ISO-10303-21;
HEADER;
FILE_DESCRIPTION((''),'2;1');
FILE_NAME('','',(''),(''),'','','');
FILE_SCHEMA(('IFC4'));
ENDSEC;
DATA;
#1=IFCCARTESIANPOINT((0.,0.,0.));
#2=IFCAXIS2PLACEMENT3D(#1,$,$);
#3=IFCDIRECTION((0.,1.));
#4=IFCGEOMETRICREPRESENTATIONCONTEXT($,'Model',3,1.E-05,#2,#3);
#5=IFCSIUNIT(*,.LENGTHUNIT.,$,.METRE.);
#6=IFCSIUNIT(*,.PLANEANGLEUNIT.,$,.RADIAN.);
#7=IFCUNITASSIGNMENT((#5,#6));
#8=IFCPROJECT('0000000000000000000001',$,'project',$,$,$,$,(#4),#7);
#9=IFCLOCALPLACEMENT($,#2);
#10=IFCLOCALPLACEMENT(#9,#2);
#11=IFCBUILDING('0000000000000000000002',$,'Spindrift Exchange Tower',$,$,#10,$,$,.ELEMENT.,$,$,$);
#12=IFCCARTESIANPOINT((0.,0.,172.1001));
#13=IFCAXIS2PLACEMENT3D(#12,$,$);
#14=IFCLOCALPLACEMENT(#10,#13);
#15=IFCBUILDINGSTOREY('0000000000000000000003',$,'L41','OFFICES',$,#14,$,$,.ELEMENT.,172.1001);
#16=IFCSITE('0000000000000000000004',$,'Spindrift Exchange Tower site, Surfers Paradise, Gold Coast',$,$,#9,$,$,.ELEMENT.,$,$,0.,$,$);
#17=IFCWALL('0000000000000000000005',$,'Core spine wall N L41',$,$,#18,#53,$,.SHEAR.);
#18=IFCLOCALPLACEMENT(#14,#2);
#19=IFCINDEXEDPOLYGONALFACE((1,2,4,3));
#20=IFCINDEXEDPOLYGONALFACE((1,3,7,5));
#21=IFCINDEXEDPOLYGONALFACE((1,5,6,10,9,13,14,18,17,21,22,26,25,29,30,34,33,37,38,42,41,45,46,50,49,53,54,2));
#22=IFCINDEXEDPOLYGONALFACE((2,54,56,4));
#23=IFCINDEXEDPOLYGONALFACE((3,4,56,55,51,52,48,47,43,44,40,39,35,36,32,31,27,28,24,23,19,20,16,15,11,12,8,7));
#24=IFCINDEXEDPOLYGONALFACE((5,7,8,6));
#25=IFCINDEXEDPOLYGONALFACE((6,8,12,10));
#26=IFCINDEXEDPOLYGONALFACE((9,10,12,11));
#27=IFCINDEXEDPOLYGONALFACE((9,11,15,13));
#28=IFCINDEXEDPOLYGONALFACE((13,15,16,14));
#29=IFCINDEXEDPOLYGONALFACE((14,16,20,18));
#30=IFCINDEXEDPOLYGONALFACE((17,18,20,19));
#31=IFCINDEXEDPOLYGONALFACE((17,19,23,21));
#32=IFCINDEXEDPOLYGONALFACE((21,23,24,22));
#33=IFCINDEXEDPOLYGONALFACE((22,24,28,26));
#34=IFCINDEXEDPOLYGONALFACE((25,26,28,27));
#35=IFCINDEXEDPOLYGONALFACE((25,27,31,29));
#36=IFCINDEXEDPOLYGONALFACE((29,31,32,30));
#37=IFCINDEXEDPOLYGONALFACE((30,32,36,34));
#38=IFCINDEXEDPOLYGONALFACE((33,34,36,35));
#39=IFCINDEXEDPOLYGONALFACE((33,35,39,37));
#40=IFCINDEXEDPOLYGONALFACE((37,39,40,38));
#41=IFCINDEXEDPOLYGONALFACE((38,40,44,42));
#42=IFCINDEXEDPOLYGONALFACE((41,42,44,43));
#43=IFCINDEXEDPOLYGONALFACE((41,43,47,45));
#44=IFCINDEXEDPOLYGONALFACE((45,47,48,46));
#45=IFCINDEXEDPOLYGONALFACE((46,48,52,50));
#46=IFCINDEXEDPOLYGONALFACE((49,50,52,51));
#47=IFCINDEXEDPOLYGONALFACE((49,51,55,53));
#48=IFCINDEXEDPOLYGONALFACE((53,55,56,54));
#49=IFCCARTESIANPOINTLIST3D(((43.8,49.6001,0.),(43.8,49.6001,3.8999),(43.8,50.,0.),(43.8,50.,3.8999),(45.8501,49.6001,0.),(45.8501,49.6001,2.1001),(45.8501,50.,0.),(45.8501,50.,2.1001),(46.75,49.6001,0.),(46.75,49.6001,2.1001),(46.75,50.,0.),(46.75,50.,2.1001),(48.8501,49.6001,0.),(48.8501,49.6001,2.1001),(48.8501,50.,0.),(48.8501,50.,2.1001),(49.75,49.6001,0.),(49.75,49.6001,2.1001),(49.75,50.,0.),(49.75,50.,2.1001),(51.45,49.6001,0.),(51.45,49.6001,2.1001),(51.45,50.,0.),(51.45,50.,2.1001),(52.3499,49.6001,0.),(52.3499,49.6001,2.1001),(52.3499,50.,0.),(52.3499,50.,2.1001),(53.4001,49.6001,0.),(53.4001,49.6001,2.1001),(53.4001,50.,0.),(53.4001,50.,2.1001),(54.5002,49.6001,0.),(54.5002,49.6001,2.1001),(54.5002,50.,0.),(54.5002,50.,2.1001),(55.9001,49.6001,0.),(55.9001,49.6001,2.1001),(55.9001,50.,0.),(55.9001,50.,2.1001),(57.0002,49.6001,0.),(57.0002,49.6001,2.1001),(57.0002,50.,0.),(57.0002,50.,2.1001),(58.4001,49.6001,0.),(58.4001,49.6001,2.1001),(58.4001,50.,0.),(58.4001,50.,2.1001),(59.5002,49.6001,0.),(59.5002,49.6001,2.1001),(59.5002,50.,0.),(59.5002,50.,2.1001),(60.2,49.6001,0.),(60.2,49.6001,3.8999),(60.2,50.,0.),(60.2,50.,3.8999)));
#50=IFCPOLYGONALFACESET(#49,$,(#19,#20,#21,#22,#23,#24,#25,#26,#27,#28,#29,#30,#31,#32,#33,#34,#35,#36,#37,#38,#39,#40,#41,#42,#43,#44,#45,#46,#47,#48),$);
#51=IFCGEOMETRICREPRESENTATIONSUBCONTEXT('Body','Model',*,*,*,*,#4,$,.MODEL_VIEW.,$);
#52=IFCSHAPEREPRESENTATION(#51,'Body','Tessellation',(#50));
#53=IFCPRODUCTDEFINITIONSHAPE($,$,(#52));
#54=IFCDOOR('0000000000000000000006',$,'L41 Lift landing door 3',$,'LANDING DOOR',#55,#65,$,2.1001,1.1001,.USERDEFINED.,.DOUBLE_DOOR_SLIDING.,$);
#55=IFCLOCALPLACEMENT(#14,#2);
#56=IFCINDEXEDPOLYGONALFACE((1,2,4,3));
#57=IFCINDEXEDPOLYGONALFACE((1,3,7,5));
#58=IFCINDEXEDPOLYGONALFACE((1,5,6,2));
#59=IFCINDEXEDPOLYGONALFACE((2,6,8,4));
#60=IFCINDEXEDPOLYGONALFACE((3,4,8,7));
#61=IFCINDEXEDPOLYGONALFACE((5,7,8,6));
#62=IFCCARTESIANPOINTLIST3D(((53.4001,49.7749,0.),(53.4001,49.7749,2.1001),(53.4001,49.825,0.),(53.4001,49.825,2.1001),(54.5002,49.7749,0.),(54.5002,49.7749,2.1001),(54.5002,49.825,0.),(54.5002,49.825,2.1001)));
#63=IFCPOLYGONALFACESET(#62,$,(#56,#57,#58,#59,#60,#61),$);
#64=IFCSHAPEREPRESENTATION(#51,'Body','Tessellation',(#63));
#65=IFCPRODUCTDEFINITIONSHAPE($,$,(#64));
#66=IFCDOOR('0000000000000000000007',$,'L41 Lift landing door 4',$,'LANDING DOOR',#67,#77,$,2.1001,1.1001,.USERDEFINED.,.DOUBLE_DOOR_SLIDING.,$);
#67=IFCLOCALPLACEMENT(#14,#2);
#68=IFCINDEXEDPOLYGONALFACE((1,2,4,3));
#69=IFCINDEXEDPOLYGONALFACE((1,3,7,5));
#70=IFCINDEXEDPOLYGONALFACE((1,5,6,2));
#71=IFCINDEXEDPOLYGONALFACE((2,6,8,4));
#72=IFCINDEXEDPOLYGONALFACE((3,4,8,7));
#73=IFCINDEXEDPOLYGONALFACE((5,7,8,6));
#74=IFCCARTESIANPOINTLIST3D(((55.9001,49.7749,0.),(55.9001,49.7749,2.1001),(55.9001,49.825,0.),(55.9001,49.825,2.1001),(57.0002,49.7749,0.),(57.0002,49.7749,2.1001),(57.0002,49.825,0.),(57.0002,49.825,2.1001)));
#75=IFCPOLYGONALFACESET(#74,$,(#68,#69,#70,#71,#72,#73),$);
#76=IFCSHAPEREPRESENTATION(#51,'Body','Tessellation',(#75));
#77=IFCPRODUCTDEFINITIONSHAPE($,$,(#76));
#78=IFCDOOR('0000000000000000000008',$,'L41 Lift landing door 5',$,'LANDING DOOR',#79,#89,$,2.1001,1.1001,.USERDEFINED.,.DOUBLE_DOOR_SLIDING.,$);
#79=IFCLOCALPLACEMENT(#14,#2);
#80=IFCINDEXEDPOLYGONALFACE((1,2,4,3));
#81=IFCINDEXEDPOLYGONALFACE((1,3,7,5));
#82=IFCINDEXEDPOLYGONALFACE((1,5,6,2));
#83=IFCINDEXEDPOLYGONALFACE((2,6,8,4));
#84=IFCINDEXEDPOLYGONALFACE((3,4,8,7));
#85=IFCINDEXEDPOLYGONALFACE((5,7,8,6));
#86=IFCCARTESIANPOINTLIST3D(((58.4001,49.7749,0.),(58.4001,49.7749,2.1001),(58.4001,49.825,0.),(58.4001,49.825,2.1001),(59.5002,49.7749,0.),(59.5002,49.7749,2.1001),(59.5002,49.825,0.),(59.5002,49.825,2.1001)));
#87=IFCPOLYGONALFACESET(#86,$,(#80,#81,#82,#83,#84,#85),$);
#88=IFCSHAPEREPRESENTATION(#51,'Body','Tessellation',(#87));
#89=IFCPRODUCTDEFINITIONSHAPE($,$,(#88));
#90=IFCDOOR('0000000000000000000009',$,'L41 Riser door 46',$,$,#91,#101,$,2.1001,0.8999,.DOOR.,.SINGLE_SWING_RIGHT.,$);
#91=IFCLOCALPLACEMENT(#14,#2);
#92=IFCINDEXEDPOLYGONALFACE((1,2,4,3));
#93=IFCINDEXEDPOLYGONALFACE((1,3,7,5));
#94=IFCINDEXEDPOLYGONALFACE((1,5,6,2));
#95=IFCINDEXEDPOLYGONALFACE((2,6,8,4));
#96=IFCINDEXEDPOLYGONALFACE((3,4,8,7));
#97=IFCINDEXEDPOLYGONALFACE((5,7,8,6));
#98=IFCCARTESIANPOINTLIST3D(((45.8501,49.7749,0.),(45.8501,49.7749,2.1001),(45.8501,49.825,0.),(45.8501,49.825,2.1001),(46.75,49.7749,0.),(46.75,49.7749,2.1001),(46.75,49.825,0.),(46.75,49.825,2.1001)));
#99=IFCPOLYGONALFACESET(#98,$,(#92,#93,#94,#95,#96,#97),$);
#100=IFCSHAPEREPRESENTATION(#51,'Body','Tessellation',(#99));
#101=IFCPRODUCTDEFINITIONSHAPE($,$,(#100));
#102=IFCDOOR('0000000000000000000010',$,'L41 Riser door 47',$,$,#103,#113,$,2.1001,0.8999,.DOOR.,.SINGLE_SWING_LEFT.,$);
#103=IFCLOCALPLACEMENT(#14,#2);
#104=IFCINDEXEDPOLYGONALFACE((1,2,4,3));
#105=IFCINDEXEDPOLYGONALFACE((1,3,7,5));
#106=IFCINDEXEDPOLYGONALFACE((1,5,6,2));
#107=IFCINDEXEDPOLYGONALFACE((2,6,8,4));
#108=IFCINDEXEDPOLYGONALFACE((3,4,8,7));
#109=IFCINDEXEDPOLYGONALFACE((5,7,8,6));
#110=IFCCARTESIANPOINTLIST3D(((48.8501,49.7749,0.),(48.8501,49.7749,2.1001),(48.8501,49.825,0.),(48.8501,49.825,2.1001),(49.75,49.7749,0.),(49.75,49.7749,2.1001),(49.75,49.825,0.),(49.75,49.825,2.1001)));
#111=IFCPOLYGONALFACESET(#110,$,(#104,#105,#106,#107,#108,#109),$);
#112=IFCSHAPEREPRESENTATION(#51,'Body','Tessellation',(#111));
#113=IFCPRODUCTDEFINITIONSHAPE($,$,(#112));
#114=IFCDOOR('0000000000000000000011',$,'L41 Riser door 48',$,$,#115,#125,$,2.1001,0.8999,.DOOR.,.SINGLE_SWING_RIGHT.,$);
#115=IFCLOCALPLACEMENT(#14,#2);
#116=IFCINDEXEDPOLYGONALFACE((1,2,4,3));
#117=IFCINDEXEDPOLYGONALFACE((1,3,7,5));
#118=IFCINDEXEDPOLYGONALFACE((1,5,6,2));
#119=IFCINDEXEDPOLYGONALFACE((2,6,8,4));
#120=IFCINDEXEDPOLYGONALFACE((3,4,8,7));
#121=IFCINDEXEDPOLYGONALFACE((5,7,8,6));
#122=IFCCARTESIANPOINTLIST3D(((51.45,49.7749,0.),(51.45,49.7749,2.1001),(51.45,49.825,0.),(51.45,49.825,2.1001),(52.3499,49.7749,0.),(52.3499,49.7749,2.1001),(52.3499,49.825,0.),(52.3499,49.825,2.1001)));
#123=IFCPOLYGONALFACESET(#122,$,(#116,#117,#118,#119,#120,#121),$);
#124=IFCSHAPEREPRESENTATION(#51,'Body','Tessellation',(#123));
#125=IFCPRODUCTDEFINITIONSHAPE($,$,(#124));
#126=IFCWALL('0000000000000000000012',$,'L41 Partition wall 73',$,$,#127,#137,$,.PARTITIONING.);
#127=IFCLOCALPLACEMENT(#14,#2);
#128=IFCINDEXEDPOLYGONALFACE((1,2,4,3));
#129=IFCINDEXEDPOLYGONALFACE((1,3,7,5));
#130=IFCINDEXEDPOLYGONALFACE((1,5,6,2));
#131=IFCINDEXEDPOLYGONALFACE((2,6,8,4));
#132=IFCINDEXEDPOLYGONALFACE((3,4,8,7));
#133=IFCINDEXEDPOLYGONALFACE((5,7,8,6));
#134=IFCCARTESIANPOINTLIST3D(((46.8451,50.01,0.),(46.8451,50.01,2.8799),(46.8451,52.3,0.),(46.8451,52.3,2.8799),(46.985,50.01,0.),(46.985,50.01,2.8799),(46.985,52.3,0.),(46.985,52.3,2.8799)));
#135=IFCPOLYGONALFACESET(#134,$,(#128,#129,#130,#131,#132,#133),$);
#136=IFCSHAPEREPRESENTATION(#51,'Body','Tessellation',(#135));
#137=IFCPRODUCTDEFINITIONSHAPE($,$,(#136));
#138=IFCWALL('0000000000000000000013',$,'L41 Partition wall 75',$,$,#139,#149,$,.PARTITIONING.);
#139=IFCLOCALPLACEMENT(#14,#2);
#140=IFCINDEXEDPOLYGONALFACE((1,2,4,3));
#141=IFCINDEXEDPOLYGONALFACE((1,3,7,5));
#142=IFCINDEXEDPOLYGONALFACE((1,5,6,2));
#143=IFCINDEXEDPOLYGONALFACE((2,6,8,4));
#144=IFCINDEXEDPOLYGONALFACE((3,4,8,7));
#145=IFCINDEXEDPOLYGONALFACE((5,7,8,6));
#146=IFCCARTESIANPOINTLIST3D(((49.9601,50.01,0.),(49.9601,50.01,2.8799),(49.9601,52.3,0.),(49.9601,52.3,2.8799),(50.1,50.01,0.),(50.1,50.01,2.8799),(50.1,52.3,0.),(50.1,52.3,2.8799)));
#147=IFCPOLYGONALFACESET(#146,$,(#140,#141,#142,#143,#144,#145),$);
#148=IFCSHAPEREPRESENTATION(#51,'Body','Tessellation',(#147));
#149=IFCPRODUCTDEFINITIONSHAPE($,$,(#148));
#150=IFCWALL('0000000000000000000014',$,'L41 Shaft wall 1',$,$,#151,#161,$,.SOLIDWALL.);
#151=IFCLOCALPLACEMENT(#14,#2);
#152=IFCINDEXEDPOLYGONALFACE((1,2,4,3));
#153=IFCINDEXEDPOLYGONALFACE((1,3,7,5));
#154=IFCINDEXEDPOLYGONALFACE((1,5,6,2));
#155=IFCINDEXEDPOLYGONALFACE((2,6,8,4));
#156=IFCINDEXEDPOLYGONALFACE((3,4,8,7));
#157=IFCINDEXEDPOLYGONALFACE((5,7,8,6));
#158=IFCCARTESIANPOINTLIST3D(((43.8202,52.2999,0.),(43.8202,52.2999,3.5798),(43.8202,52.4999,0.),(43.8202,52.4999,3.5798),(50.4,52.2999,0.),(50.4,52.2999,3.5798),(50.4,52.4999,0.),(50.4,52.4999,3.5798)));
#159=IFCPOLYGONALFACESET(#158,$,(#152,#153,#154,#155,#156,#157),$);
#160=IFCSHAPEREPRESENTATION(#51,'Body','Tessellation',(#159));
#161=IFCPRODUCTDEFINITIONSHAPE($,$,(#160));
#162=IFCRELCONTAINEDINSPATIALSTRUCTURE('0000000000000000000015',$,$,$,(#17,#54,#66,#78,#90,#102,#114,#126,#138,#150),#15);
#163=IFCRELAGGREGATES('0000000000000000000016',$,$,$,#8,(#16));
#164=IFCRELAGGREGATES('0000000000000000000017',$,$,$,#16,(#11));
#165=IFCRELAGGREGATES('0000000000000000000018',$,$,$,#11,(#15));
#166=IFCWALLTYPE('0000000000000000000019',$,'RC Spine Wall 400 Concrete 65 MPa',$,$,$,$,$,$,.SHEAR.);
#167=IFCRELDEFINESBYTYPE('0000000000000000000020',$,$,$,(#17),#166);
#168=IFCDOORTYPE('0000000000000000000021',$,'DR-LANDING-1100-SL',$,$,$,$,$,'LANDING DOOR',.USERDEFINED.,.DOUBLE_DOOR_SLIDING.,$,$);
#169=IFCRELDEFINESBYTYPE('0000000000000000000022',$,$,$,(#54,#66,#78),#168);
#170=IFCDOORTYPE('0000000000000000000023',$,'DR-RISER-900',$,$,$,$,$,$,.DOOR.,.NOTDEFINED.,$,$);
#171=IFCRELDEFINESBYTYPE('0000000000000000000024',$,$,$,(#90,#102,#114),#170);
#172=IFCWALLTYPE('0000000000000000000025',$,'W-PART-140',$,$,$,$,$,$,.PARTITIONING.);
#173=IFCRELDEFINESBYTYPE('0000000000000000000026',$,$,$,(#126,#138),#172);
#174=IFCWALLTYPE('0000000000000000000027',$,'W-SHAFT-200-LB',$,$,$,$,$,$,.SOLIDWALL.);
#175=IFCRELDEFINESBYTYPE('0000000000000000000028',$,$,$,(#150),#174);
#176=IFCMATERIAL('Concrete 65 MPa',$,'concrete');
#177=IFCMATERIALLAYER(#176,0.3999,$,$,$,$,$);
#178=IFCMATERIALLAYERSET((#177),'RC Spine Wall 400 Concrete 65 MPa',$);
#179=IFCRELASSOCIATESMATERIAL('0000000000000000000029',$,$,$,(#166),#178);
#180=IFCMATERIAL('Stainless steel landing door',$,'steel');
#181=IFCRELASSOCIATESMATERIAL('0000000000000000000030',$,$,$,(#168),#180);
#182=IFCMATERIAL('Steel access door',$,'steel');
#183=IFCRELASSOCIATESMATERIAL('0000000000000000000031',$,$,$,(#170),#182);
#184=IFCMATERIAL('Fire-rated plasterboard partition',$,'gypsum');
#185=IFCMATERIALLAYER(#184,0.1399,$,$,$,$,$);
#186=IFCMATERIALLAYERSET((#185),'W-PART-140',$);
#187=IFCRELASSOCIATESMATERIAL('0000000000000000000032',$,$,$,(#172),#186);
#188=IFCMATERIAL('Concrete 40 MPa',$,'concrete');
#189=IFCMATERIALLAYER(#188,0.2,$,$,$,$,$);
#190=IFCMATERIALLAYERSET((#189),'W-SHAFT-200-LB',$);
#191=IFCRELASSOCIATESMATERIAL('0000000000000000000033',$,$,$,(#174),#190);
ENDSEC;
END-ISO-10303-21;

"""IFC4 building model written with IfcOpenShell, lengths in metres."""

from ifc_helpers import new_model, si_unit, direction, frame, frame_2d, origin, place, context, subcontext, project, spatial, rectangle, extrude, source, transform, mapped, material, layer, layer_set, type_object, element, fill, save


model = new_model("IFC4")

# Units and contexts
model_context = context("Model", 3, precision=1e-05, world=origin(), true_north=direction((0.0, 1.0)))
body_context = subcontext(model_context, "Body", "Model", "MODEL_VIEW")
ifc_project = project(units=[si_unit("LENGTHUNIT", "METRE"), si_unit("PLANEANGLEUNIT", "RADIAN")], contexts=[model_context])

# Site, building, storey
site_placement = place(None, origin())
site = spatial("IfcSite", under=ifc_project, at=site_placement, Name="Spindrift Exchange Tower site, Surfers Paradise, Gold Coast", CompositionType="ELEMENT", RefElevation=0.0)
building_placement = place(site_placement, origin())
building = spatial("IfcBuilding", under=site, at=building_placement, Name="Spindrift Exchange Tower", CompositionType="ELEMENT")
storey_placement = place(building_placement, frame((0.0, 0.0, 172.1001)))
storey = spatial("IfcBuildingStorey", under=building, at=storey_placement, Name="L41", Description="OFFICES", CompositionType="ELEMENT", Elevation=172.1001)

# Shared definitions
ifc_material_1 = material(Name="Concrete 65 MPa", Category="concrete")

# Wall, openings, doors
ifc_layer_1 = layer(ifc_material_1, 0.3999)
ifc_layer_set_1 = layer_set([ifc_layer_1], Name="RC Spine Wall 400 Concrete 65 MPa")
wall_type_1 = type_object("IfcWallType", Name="RC Spine Wall 400 Concrete 65 MPa", PredefinedType="SHEAR", material=ifc_layer_set_1)
wall_1_placement = place(storey_placement, frame((43.8, 49.8, 0.0), z_axis=(0.0, 0.0, 1.0), x_axis=(1.0, 0.0, 0.0)))
wall_1 = element("IfcWall", 1, at=wall_1_placement, inside=storey, type_object=wall_type_1, Name="Core spine wall N L41", PredefinedType="SHEAR", context=body_context, shape_type="SweptSolid", body=[
    extrude(rectangle(XDim=16.3999, YDim=0.3999, at=frame_2d((8.2, 0.0))), origin(), (0.0, 0.0, 1.0), 3.8999),
])
opening_1_placement = place(wall_1_placement, frame((9.6001, 0.0, 0.0)))
opening_1 = element("IfcOpeningElement", 2, at=opening_1_placement, cuts=wall_1, PredefinedType="OPENING", context=body_context, shape_type="SweptSolid", body=[
    extrude(rectangle(XDim=1.1001, YDim=2.1001, at=frame_2d((0.55, 1.05))), frame((0.0, 0.21, 0.0), z_axis=(0.0, -1.0, 0.0), x_axis=(1.0, 0.0, 0.0)), (0.0, 0.0, 1.0), 0.4199),
])
opening_2_placement = place(wall_1_placement, frame((12.1001, 0.0, 0.0)))
opening_2 = element("IfcOpeningElement", 3, at=opening_2_placement, cuts=wall_1, PredefinedType="OPENING", context=body_context, shape_type="SweptSolid", body=[
    extrude(rectangle(XDim=1.1001, YDim=2.1001, at=frame_2d((0.55, 1.05))), frame((0.0, 0.21, 0.0), z_axis=(0.0, -1.0, 0.0), x_axis=(1.0, 0.0, 0.0)), (0.0, 0.0, 1.0), 0.4199),
])
opening_3_placement = place(wall_1_placement, frame((14.6001, 0.0, 0.0)))
opening_3 = element("IfcOpeningElement", 4, at=opening_3_placement, cuts=wall_1, PredefinedType="OPENING", context=body_context, shape_type="SweptSolid", body=[
    extrude(rectangle(XDim=1.1001, YDim=2.1001, at=frame_2d((0.55, 1.05))), frame((0.0, 0.21, 0.0), z_axis=(0.0, -1.0, 0.0), x_axis=(1.0, 0.0, 0.0)), (0.0, 0.0, 1.0), 0.4199),
])
opening_4_placement = place(wall_1_placement, frame((2.05, 0.0, 0.0)))
opening_4 = element("IfcOpeningElement", 5, at=opening_4_placement, cuts=wall_1, PredefinedType="OPENING", context=body_context, shape_type="SweptSolid", body=[
    extrude(rectangle(XDim=0.8999, YDim=2.1001, at=frame_2d((0.45, 1.05))), frame((0.0, 0.21, 0.0), z_axis=(0.0, -1.0, 0.0), x_axis=(1.0, 0.0, 0.0)), (0.0, 0.0, 1.0), 0.4199),
])
opening_5_placement = place(wall_1_placement, frame((5.05, 0.0, 0.0)))
opening_5 = element("IfcOpeningElement", 6, at=opening_5_placement, cuts=wall_1, PredefinedType="OPENING", context=body_context, shape_type="SweptSolid", body=[
    extrude(rectangle(XDim=0.8999, YDim=2.1001, at=frame_2d((0.45, 1.05))), frame((0.0, 0.21, 0.0), z_axis=(0.0, -1.0, 0.0), x_axis=(1.0, 0.0, 0.0)), (0.0, 0.0, 1.0), 0.4199),
])
opening_6_placement = place(wall_1_placement, frame((7.6499, 0.0, 0.0)))
opening_6 = element("IfcOpeningElement", 7, at=opening_6_placement, cuts=wall_1, PredefinedType="OPENING", context=body_context, shape_type="SweptSolid", body=[
    extrude(rectangle(XDim=0.8999, YDim=2.1001, at=frame_2d((0.45, 1.05))), frame((0.0, 0.21, 0.0), z_axis=(0.0, -1.0, 0.0), x_axis=(1.0, 0.0, 0.0)), (0.0, 0.0, 1.0), 0.4199),
])
ifc_material_2 = material(Name="Stainless steel landing door", Category="steel")
door_type_1 = type_object("IfcDoorType", Name="DR-LANDING-1100-SL", ElementType="LANDING DOOR", OperationType="DOUBLE_DOOR_SLIDING", PredefinedType="USERDEFINED", material=ifc_material_2)
shared_shape_1 = source(origin(), body_context, "Body", "SweptSolid", [
    extrude(rectangle(XDim=1.1001, YDim=2.1001, at=frame_2d((0.55, 1.05))), frame((0.0, 0.0249, 0.0), z_axis=(0.0, -1.0, 0.0), x_axis=(1.0, 0.0, 0.0)), (0.0, 0.0, 1.0), 0.05),
])
door_1_placement = place(opening_1_placement, origin())
door_1 = element("IfcDoor", 8, at=door_1_placement, inside=storey, type_object=door_type_1, Name="L41 Lift landing door 3", ObjectType="LANDING DOOR", OperationType="DOUBLE_DOOR_SLIDING", OverallHeight=2.1001, OverallWidth=1.1001, PredefinedType="USERDEFINED", context=body_context, shape_type="MappedRepresentation", body=[
    mapped(shared_shape_1, transform((0.0, 0.0, 0.0), scale=1.0)),
])
fill(opening_1, door_1)
door_2_placement = place(opening_2_placement, origin())
door_2 = element("IfcDoor", 9, at=door_2_placement, inside=storey, type_object=door_type_1, Name="L41 Lift landing door 4", ObjectType="LANDING DOOR", OperationType="DOUBLE_DOOR_SLIDING", OverallHeight=2.1001, OverallWidth=1.1001, PredefinedType="USERDEFINED", context=body_context, shape_type="MappedRepresentation", body=[
    mapped(shared_shape_1, transform((0.0, 0.0, 0.0), scale=1.0)),
])
fill(opening_2, door_2)
door_3_placement = place(opening_3_placement, origin())
door_3 = element("IfcDoor", 10, at=door_3_placement, inside=storey, type_object=door_type_1, Name="L41 Lift landing door 5", ObjectType="LANDING DOOR", OperationType="DOUBLE_DOOR_SLIDING", OverallHeight=2.1001, OverallWidth=1.1001, PredefinedType="USERDEFINED", context=body_context, shape_type="MappedRepresentation", body=[
    mapped(shared_shape_1, transform((0.0, 0.0, 0.0), scale=1.0)),
])
fill(opening_3, door_3)
ifc_material_3 = material(Name="Steel access door", Category="steel")
door_type_2 = type_object("IfcDoorType", Name="DR-RISER-900", OperationType="NOTDEFINED", PredefinedType="DOOR", material=ifc_material_3)
shared_shape_2 = source(origin(), body_context, "Body", "SweptSolid", [
    extrude(rectangle(XDim=0.8999, YDim=2.1001, at=frame_2d((0.45, 1.05))), frame((0.0, 0.0249, 0.0), z_axis=(0.0, -1.0, 0.0), x_axis=(1.0, 0.0, 0.0)), (0.0, 0.0, 1.0), 0.05),
])
door_4_placement = place(opening_4_placement, origin())
door_4 = element("IfcDoor", 11, at=door_4_placement, inside=storey, type_object=door_type_2, Name="L41 Riser door 46", OperationType="SINGLE_SWING_RIGHT", OverallHeight=2.1001, OverallWidth=0.8999, PredefinedType="DOOR", context=body_context, shape_type="MappedRepresentation", body=[
    mapped(shared_shape_2, transform((0.0, 0.0, 0.0), scale=1.0)),
])
fill(opening_4, door_4)
door_5_placement = place(opening_5_placement, origin())
door_5 = element("IfcDoor", 12, at=door_5_placement, inside=storey, type_object=door_type_2, Name="L41 Riser door 47", OperationType="SINGLE_SWING_LEFT", OverallHeight=2.1001, OverallWidth=0.8999, PredefinedType="DOOR", context=body_context, shape_type="MappedRepresentation", body=[
    mapped(shared_shape_2, transform((0.0, 0.0, 0.0), scale=1.0)),
])
fill(opening_5, door_5)
door_6_placement = place(opening_6_placement, origin())
door_6 = element("IfcDoor", 13, at=door_6_placement, inside=storey, type_object=door_type_2, Name="L41 Riser door 48", OperationType="SINGLE_SWING_RIGHT", OverallHeight=2.1001, OverallWidth=0.8999, PredefinedType="DOOR", context=body_context, shape_type="MappedRepresentation", body=[
    mapped(shared_shape_2, transform((0.0, 0.0, 0.0), scale=1.0)),
])
fill(opening_6, door_6)

# Walls
ifc_material_4 = material(Name="Fire-rated plasterboard partition", Category="gypsum")
ifc_layer_2 = layer(ifc_material_4, 0.1399)
ifc_layer_set_2 = layer_set([ifc_layer_2], Name="W-PART-140")
wall_type_2 = type_object("IfcWallType", Name="W-PART-140", PredefinedType="PARTITIONING", material=ifc_layer_set_2)
for number, where, z_axis, x_axis, name in (
    (14, (46.915, 50.01, 0.0), (0.0, 0.0, 1.0), (0.0, 1.0, 0.0), "L41 Partition wall 73"),
    (15, (50.03, 50.01, 0.0), (0.0, 0.0, 1.0), (0.0, 1.0, 0.0), "L41 Partition wall 75"),
):
    element("IfcWall", number, at=place(storey_placement, frame(where, z_axis=z_axis, x_axis=x_axis)), inside=storey, type_object=wall_type_2, Name=name, PredefinedType="PARTITIONING", context=body_context, shape_type="SweptSolid", body=[
        extrude(rectangle(XDim=2.29, YDim=0.1399, at=frame_2d((1.145, 0.0))), origin(), (0.0, 0.0, 1.0), 2.8799),
    ])
ifc_material_5 = material(Name="Concrete 40 MPa", Category="concrete")
ifc_layer_3 = layer(ifc_material_5, 0.2)
ifc_layer_set_3 = layer_set([ifc_layer_3], Name="W-SHAFT-200-LB")
wall_type_3 = type_object("IfcWallType", Name="W-SHAFT-200-LB", PredefinedType="SOLIDWALL", material=ifc_layer_set_3)
wall_2_placement = place(storey_placement, frame((43.8201, 52.3999, 0.0), z_axis=(0.0, 0.0, 1.0), x_axis=(1.0, 0.0, 0.0)))
element("IfcWall", 16, at=wall_2_placement, inside=storey, type_object=wall_type_3, Name="L41 Shaft wall 1", PredefinedType="SOLIDWALL", context=body_context, shape_type="SweptSolid", body=[
    extrude(rectangle(XDim=6.5798, YDim=0.2, at=frame_2d((3.29, 0.0))), origin(), (0.0, 0.0, 1.0), 3.5798),
])

save(model, "model.ifc")
